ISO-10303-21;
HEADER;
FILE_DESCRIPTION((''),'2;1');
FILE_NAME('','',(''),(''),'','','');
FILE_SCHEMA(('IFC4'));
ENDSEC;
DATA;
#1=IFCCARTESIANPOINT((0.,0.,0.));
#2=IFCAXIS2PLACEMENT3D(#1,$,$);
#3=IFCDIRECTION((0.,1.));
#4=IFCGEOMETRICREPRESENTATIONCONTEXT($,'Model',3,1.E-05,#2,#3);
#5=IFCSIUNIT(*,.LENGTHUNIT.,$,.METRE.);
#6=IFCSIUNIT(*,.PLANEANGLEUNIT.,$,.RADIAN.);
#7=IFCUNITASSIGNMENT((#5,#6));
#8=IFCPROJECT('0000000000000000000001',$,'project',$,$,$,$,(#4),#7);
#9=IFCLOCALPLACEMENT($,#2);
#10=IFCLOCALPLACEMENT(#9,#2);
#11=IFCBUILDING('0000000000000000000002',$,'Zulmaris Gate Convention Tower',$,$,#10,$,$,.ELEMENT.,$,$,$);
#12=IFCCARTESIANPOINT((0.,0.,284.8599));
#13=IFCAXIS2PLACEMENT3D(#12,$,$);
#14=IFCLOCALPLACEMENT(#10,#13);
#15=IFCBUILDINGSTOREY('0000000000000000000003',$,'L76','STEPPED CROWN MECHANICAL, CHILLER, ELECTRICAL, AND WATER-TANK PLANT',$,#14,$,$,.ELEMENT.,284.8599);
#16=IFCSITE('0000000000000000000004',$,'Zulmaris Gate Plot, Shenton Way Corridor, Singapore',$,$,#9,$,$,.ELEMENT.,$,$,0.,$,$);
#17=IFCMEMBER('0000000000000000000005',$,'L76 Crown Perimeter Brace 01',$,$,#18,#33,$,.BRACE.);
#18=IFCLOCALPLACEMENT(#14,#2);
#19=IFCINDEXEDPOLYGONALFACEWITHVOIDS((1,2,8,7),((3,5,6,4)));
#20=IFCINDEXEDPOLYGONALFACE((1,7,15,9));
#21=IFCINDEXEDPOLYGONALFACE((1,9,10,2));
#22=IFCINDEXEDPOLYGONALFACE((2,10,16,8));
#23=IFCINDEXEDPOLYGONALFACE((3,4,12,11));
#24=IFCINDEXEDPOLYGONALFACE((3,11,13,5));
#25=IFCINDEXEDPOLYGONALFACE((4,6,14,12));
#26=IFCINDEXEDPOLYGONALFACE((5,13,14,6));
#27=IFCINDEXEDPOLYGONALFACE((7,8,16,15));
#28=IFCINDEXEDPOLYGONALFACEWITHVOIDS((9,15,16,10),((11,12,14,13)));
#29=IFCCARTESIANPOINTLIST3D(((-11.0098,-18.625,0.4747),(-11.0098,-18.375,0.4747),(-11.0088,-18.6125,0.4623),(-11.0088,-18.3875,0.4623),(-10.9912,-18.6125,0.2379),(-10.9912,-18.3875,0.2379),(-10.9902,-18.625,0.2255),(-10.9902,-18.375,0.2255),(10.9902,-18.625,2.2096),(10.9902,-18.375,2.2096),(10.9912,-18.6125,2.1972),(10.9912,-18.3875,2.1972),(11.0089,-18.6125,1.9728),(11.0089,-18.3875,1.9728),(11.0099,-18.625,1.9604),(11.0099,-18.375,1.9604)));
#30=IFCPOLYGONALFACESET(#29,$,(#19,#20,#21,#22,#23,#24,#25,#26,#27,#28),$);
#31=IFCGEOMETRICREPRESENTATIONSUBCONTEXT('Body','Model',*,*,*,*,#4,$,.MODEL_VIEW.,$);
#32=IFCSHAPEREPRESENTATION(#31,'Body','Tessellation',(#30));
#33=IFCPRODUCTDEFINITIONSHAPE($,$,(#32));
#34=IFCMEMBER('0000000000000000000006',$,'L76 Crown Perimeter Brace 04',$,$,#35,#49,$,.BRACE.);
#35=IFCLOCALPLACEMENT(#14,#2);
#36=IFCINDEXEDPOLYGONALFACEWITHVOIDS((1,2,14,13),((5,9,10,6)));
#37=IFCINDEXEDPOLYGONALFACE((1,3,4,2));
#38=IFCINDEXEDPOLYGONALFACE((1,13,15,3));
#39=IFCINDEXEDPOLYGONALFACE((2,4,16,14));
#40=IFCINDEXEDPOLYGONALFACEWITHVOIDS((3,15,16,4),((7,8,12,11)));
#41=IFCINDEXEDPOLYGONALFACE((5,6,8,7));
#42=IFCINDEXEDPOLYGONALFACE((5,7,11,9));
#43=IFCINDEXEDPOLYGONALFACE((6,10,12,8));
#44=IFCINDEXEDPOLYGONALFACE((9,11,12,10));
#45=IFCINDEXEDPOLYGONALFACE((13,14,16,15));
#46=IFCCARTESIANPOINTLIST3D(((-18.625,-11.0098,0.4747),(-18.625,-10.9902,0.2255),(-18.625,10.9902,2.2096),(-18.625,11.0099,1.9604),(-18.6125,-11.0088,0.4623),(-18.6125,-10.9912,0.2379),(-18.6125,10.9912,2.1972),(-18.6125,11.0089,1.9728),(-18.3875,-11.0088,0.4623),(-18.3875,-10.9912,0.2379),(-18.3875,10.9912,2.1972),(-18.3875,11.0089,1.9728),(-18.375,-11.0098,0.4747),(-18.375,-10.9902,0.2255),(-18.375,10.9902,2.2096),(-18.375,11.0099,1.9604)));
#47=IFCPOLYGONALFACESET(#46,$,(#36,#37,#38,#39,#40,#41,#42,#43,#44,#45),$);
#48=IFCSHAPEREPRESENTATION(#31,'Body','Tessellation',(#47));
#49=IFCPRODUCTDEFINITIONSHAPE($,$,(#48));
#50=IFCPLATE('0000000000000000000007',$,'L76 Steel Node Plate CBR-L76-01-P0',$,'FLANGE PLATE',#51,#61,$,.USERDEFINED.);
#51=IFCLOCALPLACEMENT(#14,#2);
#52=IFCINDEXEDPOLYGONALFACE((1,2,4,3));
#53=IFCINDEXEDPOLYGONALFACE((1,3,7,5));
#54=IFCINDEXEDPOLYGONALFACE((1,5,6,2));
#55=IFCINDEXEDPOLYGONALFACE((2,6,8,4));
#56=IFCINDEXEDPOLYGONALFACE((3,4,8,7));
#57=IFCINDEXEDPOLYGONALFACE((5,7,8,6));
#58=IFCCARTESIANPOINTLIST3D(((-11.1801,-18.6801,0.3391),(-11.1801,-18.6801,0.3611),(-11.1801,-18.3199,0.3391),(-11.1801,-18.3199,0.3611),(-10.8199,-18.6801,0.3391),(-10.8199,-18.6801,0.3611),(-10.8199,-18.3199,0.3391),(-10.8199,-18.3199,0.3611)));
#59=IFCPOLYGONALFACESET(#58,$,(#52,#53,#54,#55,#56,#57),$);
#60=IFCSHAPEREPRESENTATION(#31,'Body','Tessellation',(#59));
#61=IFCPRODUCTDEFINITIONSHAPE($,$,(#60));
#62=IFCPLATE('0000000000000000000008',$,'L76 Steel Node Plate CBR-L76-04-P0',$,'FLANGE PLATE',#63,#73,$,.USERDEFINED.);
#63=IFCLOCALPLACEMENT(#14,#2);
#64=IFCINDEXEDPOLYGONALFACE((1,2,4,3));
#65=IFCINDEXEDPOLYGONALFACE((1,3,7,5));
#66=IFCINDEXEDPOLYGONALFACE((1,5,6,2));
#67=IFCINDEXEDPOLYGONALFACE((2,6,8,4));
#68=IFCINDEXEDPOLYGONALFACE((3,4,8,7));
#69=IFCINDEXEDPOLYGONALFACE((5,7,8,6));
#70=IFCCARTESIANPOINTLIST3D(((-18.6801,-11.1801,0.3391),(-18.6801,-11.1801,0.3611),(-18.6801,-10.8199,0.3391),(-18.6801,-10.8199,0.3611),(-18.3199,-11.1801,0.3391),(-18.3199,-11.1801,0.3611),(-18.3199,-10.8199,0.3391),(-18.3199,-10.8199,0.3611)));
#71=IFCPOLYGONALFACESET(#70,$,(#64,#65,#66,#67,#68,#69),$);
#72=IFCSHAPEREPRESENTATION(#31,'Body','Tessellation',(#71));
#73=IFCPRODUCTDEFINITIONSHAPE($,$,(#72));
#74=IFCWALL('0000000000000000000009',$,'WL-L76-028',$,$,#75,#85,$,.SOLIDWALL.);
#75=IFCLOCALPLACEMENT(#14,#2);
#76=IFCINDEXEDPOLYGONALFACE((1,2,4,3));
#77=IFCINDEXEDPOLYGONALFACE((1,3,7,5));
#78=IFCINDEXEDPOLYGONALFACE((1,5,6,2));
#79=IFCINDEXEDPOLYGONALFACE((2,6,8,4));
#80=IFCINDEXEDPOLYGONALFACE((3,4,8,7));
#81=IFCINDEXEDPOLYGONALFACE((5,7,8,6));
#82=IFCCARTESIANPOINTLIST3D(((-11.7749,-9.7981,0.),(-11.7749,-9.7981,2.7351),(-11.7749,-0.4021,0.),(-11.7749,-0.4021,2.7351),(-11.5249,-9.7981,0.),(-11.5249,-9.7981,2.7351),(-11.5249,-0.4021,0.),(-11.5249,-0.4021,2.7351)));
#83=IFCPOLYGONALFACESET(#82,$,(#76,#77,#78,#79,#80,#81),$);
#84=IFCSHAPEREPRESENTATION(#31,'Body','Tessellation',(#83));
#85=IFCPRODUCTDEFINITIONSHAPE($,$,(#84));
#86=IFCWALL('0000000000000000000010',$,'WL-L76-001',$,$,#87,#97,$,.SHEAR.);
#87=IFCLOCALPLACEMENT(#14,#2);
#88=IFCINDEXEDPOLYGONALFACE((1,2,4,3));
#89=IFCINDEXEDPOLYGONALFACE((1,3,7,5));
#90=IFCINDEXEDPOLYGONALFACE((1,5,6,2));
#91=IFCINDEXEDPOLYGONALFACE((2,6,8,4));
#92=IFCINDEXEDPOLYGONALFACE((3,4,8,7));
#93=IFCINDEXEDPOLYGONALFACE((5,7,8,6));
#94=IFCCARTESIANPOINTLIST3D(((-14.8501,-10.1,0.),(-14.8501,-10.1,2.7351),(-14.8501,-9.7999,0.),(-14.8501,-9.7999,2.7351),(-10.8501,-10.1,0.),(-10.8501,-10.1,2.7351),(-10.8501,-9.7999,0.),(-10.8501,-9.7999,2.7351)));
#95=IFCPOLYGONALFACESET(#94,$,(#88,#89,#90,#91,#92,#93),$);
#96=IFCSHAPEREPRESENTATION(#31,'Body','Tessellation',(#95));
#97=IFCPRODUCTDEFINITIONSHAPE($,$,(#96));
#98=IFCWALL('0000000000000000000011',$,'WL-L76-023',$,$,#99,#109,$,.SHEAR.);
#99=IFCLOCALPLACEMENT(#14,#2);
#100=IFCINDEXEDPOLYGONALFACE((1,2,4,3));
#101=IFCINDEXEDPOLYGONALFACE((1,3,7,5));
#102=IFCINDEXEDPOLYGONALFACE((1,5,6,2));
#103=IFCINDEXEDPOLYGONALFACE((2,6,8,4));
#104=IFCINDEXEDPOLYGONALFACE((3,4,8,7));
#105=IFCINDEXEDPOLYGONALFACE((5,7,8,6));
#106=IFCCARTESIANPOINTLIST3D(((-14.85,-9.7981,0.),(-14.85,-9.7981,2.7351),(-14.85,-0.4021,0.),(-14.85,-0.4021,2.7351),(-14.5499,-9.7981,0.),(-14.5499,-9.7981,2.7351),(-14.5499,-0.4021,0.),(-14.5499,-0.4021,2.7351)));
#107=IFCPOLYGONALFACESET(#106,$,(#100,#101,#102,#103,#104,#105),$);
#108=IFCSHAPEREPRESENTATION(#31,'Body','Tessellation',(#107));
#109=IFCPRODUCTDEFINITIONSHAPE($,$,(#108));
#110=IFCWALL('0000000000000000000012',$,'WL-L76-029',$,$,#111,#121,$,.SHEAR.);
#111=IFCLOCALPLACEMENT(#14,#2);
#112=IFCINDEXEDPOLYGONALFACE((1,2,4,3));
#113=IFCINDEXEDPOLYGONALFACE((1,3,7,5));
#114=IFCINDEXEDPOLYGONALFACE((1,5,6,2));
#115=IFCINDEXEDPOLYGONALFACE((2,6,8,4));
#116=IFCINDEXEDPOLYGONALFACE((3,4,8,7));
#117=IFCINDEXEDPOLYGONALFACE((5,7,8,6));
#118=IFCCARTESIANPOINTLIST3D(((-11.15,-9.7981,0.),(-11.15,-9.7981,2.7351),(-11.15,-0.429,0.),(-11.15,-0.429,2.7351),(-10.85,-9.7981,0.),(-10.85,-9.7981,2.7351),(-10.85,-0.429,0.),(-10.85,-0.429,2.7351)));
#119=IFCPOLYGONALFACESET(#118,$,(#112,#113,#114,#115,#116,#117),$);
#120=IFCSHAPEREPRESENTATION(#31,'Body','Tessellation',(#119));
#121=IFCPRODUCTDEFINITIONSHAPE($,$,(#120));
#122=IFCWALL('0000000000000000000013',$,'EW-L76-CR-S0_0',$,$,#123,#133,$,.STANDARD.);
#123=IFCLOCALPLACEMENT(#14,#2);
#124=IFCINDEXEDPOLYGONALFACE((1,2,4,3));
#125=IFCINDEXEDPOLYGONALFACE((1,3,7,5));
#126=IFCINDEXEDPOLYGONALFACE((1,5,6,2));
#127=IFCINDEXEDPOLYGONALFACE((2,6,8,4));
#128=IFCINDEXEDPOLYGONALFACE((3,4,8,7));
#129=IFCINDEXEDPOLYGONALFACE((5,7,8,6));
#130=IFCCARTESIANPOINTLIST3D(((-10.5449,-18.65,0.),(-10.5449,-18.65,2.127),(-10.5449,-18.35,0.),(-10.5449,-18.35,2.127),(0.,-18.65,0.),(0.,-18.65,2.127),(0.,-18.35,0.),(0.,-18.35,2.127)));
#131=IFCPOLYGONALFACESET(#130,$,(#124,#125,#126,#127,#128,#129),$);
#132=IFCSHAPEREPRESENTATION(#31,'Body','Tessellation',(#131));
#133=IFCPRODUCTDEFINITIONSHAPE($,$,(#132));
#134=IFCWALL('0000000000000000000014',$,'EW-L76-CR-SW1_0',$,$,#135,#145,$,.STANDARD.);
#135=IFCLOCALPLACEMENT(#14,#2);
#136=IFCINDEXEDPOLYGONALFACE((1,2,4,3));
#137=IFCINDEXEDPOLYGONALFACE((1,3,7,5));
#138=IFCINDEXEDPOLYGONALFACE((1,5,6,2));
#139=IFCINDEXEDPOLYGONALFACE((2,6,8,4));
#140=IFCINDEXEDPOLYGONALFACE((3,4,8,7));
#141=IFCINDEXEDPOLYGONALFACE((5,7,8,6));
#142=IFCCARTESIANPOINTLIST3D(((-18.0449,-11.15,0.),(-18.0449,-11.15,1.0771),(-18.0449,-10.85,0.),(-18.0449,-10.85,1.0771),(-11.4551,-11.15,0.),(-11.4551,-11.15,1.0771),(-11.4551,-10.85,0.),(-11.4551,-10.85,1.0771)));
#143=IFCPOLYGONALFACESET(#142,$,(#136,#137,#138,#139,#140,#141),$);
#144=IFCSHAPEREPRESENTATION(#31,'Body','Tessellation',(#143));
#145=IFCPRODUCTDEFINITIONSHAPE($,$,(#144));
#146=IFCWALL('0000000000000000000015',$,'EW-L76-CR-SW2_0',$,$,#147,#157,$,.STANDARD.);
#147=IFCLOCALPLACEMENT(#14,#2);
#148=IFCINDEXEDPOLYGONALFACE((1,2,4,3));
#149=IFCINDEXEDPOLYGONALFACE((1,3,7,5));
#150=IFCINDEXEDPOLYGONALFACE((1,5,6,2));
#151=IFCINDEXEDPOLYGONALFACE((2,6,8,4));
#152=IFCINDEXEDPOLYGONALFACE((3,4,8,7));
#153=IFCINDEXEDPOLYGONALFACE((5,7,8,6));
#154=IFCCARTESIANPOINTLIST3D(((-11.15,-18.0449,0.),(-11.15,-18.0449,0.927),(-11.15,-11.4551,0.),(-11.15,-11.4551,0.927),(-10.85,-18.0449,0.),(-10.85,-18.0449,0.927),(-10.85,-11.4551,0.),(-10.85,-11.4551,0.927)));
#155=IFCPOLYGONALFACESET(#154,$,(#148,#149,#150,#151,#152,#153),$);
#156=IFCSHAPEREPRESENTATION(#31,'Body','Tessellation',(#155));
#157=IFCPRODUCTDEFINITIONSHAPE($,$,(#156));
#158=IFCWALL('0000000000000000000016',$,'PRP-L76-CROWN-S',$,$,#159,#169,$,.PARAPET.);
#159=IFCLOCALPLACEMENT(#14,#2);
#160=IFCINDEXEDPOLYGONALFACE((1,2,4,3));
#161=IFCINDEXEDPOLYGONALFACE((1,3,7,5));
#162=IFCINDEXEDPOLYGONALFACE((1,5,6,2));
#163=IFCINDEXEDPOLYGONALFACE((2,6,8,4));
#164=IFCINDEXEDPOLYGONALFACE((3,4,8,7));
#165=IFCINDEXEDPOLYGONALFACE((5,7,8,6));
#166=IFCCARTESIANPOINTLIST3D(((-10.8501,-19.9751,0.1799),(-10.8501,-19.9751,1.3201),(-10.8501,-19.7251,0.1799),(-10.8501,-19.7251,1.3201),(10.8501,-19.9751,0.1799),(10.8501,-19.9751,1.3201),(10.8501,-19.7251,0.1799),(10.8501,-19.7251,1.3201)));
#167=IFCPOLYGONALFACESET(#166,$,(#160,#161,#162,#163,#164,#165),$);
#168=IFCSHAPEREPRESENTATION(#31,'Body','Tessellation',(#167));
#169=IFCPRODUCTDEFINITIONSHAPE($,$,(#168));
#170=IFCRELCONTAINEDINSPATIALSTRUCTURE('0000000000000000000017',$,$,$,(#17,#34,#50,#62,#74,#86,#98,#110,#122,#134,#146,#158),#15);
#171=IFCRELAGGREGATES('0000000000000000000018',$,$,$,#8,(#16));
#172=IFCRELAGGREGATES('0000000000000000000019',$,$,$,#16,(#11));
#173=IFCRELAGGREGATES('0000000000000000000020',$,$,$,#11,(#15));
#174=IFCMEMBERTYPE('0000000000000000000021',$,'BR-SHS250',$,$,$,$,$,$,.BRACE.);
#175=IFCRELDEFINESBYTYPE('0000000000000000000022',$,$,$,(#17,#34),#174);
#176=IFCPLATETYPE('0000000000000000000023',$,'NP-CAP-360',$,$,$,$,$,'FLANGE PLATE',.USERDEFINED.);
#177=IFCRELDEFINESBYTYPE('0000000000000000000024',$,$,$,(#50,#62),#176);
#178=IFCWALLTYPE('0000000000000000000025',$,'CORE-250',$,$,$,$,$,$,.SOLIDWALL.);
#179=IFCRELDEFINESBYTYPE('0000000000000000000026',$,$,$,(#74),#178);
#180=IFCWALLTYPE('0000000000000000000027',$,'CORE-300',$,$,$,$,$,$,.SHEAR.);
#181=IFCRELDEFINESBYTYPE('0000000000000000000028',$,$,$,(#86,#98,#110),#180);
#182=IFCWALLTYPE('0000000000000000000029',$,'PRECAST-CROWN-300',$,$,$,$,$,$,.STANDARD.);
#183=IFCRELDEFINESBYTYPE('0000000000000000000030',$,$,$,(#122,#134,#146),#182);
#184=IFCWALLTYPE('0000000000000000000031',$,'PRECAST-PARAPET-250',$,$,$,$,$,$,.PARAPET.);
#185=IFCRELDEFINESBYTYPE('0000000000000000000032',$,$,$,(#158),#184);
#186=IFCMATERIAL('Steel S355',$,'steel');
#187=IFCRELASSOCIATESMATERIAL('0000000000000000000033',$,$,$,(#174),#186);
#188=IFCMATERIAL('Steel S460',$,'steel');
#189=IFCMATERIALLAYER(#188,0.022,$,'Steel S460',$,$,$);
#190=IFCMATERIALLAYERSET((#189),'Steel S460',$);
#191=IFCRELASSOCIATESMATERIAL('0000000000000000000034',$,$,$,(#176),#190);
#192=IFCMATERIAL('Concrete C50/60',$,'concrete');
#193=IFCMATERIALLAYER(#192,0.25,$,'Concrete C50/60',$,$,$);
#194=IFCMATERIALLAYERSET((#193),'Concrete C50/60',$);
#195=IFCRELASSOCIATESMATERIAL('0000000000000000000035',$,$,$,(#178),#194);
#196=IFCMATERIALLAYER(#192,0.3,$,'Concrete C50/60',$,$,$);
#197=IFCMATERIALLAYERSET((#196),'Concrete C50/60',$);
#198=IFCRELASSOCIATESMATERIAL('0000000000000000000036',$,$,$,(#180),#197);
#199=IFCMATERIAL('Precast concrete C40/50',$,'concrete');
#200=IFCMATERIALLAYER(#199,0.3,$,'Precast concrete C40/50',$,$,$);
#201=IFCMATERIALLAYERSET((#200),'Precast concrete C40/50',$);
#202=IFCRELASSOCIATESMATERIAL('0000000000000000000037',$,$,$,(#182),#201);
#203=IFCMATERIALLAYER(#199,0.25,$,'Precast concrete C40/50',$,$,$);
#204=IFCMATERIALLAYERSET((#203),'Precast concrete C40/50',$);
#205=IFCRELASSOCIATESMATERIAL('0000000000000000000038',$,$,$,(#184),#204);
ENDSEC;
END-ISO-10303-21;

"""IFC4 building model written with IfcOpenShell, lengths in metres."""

from ifc_helpers import new_model, si_unit, direction, frame, frame_2d, origin, origin_2d, place, context, subcontext, project, spatial, rectangle, hollow_rectangle, extrude, material, layer, layer_set, material_profile, profile_set, type_object, element, save


model = new_model("IFC4")

# Units and contexts
model_context = context("Model", 3, precision=1e-05, world=origin(), true_north=direction((0.0, 1.0)))
body_context = subcontext(model_context, "Body", "Model", "MODEL_VIEW")
ifc_project = project(units=[si_unit("LENGTHUNIT", "METRE"), si_unit("PLANEANGLEUNIT", "RADIAN")], contexts=[model_context])

# Site, building, storey
site_placement = place(None, origin())
site = spatial("IfcSite", under=ifc_project, at=site_placement, Name="Zulmaris Gate Plot, Shenton Way Corridor, Singapore", CompositionType="ELEMENT", RefElevation=0.0)
building_placement = place(site_placement, origin())
building = spatial("IfcBuilding", under=site, at=building_placement, Name="Zulmaris Gate Convention Tower", CompositionType="ELEMENT")
storey_placement = place(building_placement, frame((0.0, 0.0, 284.8599)))
storey = spatial("IfcBuildingStorey", under=building, at=storey_placement, Name="L76", Description="STEPPED CROWN MECHANICAL, CHILLER, ELECTRICAL, AND WATER-TANK PLANT", CompositionType="ELEMENT", Elevation=284.8599)

# Shared definitions
ifc_material_1 = material(Name="Steel S355", Category="steel")

# Members
ifc_material_profile_1 = material_profile(ifc_material_1, hollow_rectangle(XDim=0.25, YDim=0.25, WallThickness=0.0125, at=origin_2d()), Name="SHS 250x250x12.5")
ifc_profile_set_1 = profile_set([ifc_material_profile_1], Name="Steel S355")
member_type = type_object("IfcMemberType", Name="BR-SHS250", PredefinedType="BRACE", material=ifc_profile_set_1)
for number, where, z_axis, x_axis, name in (
    (1, (-11.0, -18.5, 0.3501), (0.996905, 0.0, 0.078613), (0.0, 1.0, 0.0), "L76 Crown Perimeter Brace 01"),
    (2, (-18.5, -11.0, 0.3501), (0.0, 0.996905, 0.078613), (-1.0, 0.0, 0.0), "L76 Crown Perimeter Brace 04"),
):
    element("IfcMember", number, at=place(storey_placement, frame(where, z_axis=z_axis, x_axis=x_axis)), inside=storey, type_object=member_type, Name=name, PredefinedType="BRACE", context=body_context, shape_type="SweptSolid", body=[
        extrude(hollow_rectangle(XDim=0.25, YDim=0.25, WallThickness=0.0125, at=origin_2d()), origin(), (0.0, 0.0, 1.0), 22.0684),
    ])

# Plates
ifc_material_2 = material(Name="Steel S460", Category="steel")
ifc_layer_1 = layer(ifc_material_2, 0.022, Name="Steel S460")
ifc_layer_set_1 = layer_set([ifc_layer_1], Name="Steel S460")
plate_type = type_object("IfcPlateType", Name="NP-CAP-360", ElementType="FLANGE PLATE", PredefinedType="USERDEFINED", material=ifc_layer_set_1)
for number, where, z_axis, x_axis, name in (
    (3, (-11.0, -18.5, 0.3391), (0.0, 0.0, 1.0), (1.0, 0.0, 0.0), "L76 Steel Node Plate CBR-L76-01-P0"),
    (4, (-18.5, -11.0, 0.3391), (0.0, 0.0, 1.0), (1.0, 0.0, 0.0), "L76 Steel Node Plate CBR-L76-04-P0"),
):
    element("IfcPlate", number, at=place(storey_placement, frame(where, z_axis=z_axis, x_axis=x_axis)), inside=storey, type_object=plate_type, Name=name, ObjectType="FLANGE PLATE", PredefinedType="USERDEFINED", context=body_context, shape_type="SweptSolid", body=[
        extrude(rectangle(XDim=0.3601, YDim=0.3601, at=origin_2d()), origin(), (0.0, 0.0, 1.0), 0.022),
    ])

# Walls
ifc_material_3 = material(Name="Concrete C50/60", Category="concrete")
ifc_layer_2 = layer(ifc_material_3, 0.25, Name="Concrete C50/60")
ifc_layer_set_2 = layer_set([ifc_layer_2], Name="Concrete C50/60")
wall_type_1 = type_object("IfcWallType", Name="CORE-250", PredefinedType="SOLIDWALL", material=ifc_layer_set_2)
wall_1_placement = place(storey_placement, frame((-11.6499, -9.7981, 0.0), z_axis=(0.0, 0.0, 1.0), x_axis=(0.0, 1.0, 0.0)))
element("IfcWall", 5, at=wall_1_placement, inside=storey, type_object=wall_type_1, Name="WL-L76-028", PredefinedType="SOLIDWALL", context=body_context, shape_type="SweptSolid", body=[
    extrude(rectangle(XDim=9.396, YDim=0.25, at=frame_2d((4.698, 0.0))), origin(), (0.0, 0.0, 1.0), 2.7351),
])
ifc_layer_3 = layer(ifc_material_3, 0.3, Name="Concrete C50/60")
ifc_layer_set_3 = layer_set([ifc_layer_3], Name="Concrete C50/60")
wall_type_2 = type_object("IfcWallType", Name="CORE-300", PredefinedType="SHEAR", material=ifc_layer_set_3)
wall_2_placement = place(storey_placement, frame((-14.8501, -9.95, 0.0), z_axis=(0.0, 0.0, 1.0), x_axis=(1.0, 0.0, 0.0)))
element("IfcWall", 6, at=wall_2_placement, inside=storey, type_object=wall_type_2, Name="WL-L76-001", PredefinedType="SHEAR", context=body_context, shape_type="SweptSolid", body=[
    extrude(rectangle(XDim=4.0, YDim=0.3, at=frame_2d((2.0, 0.0))), origin(), (0.0, 0.0, 1.0), 2.7351),
])
wall_3_placement = place(storey_placement, frame((-14.7, -9.7981, 0.0), z_axis=(0.0, 0.0, 1.0), x_axis=(0.0, 1.0, 0.0)))
element("IfcWall", 7, at=wall_3_placement, inside=storey, type_object=wall_type_2, Name="WL-L76-023", PredefinedType="SHEAR", context=body_context, shape_type="SweptSolid", body=[
    extrude(rectangle(XDim=9.396, YDim=0.3, at=frame_2d((4.698, 0.0))), origin(), (0.0, 0.0, 1.0), 2.7351),
])
wall_4_placement = place(storey_placement, frame((-11.0, -9.7981, 0.0), z_axis=(0.0, 0.0, 1.0), x_axis=(0.0, 1.0, 0.0)))
element("IfcWall", 8, at=wall_4_placement, inside=storey, type_object=wall_type_2, Name="WL-L76-029", PredefinedType="SHEAR", context=body_context, shape_type="SweptSolid", body=[
    extrude(rectangle(XDim=9.3691, YDim=0.3, at=frame_2d((4.6846, 0.0))), origin(), (0.0, 0.0, 1.0), 2.7351),
])
ifc_material_4 = material(Name="Precast concrete C40/50", Category="concrete")
ifc_layer_4 = layer(ifc_material_4, 0.3, Name="Precast concrete C40/50")
ifc_layer_set_4 = layer_set([ifc_layer_4], Name="Precast concrete C40/50")
wall_type_3 = type_object("IfcWallType", Name="PRECAST-CROWN-300", PredefinedType="STANDARD", material=ifc_layer_set_4)
wall_5_placement = place(storey_placement, frame((-10.5449, -18.5, 0.0), z_axis=(0.0, 0.0, 1.0), x_axis=(1.0, 0.0, 0.0)))
element("IfcWall", 9, at=wall_5_placement, inside=storey, type_object=wall_type_3, Name="EW-L76-CR-S0_0", PredefinedType="STANDARD", context=body_context, shape_type="SweptSolid", body=[
    extrude(rectangle(XDim=10.5449, YDim=0.3, at=frame_2d((5.2725, 0.0))), origin(), (0.0, 0.0, 1.0), 2.127),
])
wall_6_placement = place(storey_placement, frame((-18.0449, -11.0, 0.0), z_axis=(0.0, 0.0, 1.0), x_axis=(1.0, 0.0, 0.0)))
element("IfcWall", 10, at=wall_6_placement, inside=storey, type_object=wall_type_3, Name="EW-L76-CR-SW1_0", PredefinedType="STANDARD", context=body_context, shape_type="SweptSolid", body=[
    extrude(rectangle(XDim=6.5898, YDim=0.3, at=frame_2d((3.2949, 0.0))), origin(), (0.0, 0.0, 1.0), 1.0771),
])
wall_7_placement = place(storey_placement, frame((-11.0, -11.4551, 0.0), z_axis=(0.0, 0.0, 1.0), x_axis=(0.0, -1.0, 0.0)))
element("IfcWall", 11, at=wall_7_placement, inside=storey, type_object=wall_type_3, Name="EW-L76-CR-SW2_0", PredefinedType="STANDARD", context=body_context, shape_type="SweptSolid", body=[
    extrude(rectangle(XDim=6.5898, YDim=0.3, at=frame_2d((3.2949, 0.0))), origin(), (0.0, 0.0, 1.0), 0.927),
])
ifc_layer_5 = layer(ifc_material_4, 0.25, Name="Precast concrete C40/50")
ifc_layer_set_5 = layer_set([ifc_layer_5], Name="Precast concrete C40/50")
wall_type_4 = type_object("IfcWallType", Name="PRECAST-PARAPET-250", PredefinedType="PARAPET", material=ifc_layer_set_5)
wall_8_placement = place(storey_placement, frame((-10.8501, -19.8501, 0.1799), z_axis=(0.0, 0.0, 1.0), x_axis=(1.0, 0.0, 0.0)))
element("IfcWall", 12, at=wall_8_placement, inside=storey, type_object=wall_type_4, Name="PRP-L76-CROWN-S", PredefinedType="PARAPET", context=body_context, shape_type="SweptSolid", body=[
    extrude(rectangle(XDim=21.7002, YDim=0.25, at=frame_2d((10.8501, 0.0))), origin(), (0.0, 0.0, 1.0), 1.1401),
])

save(model, "model.ifc")
